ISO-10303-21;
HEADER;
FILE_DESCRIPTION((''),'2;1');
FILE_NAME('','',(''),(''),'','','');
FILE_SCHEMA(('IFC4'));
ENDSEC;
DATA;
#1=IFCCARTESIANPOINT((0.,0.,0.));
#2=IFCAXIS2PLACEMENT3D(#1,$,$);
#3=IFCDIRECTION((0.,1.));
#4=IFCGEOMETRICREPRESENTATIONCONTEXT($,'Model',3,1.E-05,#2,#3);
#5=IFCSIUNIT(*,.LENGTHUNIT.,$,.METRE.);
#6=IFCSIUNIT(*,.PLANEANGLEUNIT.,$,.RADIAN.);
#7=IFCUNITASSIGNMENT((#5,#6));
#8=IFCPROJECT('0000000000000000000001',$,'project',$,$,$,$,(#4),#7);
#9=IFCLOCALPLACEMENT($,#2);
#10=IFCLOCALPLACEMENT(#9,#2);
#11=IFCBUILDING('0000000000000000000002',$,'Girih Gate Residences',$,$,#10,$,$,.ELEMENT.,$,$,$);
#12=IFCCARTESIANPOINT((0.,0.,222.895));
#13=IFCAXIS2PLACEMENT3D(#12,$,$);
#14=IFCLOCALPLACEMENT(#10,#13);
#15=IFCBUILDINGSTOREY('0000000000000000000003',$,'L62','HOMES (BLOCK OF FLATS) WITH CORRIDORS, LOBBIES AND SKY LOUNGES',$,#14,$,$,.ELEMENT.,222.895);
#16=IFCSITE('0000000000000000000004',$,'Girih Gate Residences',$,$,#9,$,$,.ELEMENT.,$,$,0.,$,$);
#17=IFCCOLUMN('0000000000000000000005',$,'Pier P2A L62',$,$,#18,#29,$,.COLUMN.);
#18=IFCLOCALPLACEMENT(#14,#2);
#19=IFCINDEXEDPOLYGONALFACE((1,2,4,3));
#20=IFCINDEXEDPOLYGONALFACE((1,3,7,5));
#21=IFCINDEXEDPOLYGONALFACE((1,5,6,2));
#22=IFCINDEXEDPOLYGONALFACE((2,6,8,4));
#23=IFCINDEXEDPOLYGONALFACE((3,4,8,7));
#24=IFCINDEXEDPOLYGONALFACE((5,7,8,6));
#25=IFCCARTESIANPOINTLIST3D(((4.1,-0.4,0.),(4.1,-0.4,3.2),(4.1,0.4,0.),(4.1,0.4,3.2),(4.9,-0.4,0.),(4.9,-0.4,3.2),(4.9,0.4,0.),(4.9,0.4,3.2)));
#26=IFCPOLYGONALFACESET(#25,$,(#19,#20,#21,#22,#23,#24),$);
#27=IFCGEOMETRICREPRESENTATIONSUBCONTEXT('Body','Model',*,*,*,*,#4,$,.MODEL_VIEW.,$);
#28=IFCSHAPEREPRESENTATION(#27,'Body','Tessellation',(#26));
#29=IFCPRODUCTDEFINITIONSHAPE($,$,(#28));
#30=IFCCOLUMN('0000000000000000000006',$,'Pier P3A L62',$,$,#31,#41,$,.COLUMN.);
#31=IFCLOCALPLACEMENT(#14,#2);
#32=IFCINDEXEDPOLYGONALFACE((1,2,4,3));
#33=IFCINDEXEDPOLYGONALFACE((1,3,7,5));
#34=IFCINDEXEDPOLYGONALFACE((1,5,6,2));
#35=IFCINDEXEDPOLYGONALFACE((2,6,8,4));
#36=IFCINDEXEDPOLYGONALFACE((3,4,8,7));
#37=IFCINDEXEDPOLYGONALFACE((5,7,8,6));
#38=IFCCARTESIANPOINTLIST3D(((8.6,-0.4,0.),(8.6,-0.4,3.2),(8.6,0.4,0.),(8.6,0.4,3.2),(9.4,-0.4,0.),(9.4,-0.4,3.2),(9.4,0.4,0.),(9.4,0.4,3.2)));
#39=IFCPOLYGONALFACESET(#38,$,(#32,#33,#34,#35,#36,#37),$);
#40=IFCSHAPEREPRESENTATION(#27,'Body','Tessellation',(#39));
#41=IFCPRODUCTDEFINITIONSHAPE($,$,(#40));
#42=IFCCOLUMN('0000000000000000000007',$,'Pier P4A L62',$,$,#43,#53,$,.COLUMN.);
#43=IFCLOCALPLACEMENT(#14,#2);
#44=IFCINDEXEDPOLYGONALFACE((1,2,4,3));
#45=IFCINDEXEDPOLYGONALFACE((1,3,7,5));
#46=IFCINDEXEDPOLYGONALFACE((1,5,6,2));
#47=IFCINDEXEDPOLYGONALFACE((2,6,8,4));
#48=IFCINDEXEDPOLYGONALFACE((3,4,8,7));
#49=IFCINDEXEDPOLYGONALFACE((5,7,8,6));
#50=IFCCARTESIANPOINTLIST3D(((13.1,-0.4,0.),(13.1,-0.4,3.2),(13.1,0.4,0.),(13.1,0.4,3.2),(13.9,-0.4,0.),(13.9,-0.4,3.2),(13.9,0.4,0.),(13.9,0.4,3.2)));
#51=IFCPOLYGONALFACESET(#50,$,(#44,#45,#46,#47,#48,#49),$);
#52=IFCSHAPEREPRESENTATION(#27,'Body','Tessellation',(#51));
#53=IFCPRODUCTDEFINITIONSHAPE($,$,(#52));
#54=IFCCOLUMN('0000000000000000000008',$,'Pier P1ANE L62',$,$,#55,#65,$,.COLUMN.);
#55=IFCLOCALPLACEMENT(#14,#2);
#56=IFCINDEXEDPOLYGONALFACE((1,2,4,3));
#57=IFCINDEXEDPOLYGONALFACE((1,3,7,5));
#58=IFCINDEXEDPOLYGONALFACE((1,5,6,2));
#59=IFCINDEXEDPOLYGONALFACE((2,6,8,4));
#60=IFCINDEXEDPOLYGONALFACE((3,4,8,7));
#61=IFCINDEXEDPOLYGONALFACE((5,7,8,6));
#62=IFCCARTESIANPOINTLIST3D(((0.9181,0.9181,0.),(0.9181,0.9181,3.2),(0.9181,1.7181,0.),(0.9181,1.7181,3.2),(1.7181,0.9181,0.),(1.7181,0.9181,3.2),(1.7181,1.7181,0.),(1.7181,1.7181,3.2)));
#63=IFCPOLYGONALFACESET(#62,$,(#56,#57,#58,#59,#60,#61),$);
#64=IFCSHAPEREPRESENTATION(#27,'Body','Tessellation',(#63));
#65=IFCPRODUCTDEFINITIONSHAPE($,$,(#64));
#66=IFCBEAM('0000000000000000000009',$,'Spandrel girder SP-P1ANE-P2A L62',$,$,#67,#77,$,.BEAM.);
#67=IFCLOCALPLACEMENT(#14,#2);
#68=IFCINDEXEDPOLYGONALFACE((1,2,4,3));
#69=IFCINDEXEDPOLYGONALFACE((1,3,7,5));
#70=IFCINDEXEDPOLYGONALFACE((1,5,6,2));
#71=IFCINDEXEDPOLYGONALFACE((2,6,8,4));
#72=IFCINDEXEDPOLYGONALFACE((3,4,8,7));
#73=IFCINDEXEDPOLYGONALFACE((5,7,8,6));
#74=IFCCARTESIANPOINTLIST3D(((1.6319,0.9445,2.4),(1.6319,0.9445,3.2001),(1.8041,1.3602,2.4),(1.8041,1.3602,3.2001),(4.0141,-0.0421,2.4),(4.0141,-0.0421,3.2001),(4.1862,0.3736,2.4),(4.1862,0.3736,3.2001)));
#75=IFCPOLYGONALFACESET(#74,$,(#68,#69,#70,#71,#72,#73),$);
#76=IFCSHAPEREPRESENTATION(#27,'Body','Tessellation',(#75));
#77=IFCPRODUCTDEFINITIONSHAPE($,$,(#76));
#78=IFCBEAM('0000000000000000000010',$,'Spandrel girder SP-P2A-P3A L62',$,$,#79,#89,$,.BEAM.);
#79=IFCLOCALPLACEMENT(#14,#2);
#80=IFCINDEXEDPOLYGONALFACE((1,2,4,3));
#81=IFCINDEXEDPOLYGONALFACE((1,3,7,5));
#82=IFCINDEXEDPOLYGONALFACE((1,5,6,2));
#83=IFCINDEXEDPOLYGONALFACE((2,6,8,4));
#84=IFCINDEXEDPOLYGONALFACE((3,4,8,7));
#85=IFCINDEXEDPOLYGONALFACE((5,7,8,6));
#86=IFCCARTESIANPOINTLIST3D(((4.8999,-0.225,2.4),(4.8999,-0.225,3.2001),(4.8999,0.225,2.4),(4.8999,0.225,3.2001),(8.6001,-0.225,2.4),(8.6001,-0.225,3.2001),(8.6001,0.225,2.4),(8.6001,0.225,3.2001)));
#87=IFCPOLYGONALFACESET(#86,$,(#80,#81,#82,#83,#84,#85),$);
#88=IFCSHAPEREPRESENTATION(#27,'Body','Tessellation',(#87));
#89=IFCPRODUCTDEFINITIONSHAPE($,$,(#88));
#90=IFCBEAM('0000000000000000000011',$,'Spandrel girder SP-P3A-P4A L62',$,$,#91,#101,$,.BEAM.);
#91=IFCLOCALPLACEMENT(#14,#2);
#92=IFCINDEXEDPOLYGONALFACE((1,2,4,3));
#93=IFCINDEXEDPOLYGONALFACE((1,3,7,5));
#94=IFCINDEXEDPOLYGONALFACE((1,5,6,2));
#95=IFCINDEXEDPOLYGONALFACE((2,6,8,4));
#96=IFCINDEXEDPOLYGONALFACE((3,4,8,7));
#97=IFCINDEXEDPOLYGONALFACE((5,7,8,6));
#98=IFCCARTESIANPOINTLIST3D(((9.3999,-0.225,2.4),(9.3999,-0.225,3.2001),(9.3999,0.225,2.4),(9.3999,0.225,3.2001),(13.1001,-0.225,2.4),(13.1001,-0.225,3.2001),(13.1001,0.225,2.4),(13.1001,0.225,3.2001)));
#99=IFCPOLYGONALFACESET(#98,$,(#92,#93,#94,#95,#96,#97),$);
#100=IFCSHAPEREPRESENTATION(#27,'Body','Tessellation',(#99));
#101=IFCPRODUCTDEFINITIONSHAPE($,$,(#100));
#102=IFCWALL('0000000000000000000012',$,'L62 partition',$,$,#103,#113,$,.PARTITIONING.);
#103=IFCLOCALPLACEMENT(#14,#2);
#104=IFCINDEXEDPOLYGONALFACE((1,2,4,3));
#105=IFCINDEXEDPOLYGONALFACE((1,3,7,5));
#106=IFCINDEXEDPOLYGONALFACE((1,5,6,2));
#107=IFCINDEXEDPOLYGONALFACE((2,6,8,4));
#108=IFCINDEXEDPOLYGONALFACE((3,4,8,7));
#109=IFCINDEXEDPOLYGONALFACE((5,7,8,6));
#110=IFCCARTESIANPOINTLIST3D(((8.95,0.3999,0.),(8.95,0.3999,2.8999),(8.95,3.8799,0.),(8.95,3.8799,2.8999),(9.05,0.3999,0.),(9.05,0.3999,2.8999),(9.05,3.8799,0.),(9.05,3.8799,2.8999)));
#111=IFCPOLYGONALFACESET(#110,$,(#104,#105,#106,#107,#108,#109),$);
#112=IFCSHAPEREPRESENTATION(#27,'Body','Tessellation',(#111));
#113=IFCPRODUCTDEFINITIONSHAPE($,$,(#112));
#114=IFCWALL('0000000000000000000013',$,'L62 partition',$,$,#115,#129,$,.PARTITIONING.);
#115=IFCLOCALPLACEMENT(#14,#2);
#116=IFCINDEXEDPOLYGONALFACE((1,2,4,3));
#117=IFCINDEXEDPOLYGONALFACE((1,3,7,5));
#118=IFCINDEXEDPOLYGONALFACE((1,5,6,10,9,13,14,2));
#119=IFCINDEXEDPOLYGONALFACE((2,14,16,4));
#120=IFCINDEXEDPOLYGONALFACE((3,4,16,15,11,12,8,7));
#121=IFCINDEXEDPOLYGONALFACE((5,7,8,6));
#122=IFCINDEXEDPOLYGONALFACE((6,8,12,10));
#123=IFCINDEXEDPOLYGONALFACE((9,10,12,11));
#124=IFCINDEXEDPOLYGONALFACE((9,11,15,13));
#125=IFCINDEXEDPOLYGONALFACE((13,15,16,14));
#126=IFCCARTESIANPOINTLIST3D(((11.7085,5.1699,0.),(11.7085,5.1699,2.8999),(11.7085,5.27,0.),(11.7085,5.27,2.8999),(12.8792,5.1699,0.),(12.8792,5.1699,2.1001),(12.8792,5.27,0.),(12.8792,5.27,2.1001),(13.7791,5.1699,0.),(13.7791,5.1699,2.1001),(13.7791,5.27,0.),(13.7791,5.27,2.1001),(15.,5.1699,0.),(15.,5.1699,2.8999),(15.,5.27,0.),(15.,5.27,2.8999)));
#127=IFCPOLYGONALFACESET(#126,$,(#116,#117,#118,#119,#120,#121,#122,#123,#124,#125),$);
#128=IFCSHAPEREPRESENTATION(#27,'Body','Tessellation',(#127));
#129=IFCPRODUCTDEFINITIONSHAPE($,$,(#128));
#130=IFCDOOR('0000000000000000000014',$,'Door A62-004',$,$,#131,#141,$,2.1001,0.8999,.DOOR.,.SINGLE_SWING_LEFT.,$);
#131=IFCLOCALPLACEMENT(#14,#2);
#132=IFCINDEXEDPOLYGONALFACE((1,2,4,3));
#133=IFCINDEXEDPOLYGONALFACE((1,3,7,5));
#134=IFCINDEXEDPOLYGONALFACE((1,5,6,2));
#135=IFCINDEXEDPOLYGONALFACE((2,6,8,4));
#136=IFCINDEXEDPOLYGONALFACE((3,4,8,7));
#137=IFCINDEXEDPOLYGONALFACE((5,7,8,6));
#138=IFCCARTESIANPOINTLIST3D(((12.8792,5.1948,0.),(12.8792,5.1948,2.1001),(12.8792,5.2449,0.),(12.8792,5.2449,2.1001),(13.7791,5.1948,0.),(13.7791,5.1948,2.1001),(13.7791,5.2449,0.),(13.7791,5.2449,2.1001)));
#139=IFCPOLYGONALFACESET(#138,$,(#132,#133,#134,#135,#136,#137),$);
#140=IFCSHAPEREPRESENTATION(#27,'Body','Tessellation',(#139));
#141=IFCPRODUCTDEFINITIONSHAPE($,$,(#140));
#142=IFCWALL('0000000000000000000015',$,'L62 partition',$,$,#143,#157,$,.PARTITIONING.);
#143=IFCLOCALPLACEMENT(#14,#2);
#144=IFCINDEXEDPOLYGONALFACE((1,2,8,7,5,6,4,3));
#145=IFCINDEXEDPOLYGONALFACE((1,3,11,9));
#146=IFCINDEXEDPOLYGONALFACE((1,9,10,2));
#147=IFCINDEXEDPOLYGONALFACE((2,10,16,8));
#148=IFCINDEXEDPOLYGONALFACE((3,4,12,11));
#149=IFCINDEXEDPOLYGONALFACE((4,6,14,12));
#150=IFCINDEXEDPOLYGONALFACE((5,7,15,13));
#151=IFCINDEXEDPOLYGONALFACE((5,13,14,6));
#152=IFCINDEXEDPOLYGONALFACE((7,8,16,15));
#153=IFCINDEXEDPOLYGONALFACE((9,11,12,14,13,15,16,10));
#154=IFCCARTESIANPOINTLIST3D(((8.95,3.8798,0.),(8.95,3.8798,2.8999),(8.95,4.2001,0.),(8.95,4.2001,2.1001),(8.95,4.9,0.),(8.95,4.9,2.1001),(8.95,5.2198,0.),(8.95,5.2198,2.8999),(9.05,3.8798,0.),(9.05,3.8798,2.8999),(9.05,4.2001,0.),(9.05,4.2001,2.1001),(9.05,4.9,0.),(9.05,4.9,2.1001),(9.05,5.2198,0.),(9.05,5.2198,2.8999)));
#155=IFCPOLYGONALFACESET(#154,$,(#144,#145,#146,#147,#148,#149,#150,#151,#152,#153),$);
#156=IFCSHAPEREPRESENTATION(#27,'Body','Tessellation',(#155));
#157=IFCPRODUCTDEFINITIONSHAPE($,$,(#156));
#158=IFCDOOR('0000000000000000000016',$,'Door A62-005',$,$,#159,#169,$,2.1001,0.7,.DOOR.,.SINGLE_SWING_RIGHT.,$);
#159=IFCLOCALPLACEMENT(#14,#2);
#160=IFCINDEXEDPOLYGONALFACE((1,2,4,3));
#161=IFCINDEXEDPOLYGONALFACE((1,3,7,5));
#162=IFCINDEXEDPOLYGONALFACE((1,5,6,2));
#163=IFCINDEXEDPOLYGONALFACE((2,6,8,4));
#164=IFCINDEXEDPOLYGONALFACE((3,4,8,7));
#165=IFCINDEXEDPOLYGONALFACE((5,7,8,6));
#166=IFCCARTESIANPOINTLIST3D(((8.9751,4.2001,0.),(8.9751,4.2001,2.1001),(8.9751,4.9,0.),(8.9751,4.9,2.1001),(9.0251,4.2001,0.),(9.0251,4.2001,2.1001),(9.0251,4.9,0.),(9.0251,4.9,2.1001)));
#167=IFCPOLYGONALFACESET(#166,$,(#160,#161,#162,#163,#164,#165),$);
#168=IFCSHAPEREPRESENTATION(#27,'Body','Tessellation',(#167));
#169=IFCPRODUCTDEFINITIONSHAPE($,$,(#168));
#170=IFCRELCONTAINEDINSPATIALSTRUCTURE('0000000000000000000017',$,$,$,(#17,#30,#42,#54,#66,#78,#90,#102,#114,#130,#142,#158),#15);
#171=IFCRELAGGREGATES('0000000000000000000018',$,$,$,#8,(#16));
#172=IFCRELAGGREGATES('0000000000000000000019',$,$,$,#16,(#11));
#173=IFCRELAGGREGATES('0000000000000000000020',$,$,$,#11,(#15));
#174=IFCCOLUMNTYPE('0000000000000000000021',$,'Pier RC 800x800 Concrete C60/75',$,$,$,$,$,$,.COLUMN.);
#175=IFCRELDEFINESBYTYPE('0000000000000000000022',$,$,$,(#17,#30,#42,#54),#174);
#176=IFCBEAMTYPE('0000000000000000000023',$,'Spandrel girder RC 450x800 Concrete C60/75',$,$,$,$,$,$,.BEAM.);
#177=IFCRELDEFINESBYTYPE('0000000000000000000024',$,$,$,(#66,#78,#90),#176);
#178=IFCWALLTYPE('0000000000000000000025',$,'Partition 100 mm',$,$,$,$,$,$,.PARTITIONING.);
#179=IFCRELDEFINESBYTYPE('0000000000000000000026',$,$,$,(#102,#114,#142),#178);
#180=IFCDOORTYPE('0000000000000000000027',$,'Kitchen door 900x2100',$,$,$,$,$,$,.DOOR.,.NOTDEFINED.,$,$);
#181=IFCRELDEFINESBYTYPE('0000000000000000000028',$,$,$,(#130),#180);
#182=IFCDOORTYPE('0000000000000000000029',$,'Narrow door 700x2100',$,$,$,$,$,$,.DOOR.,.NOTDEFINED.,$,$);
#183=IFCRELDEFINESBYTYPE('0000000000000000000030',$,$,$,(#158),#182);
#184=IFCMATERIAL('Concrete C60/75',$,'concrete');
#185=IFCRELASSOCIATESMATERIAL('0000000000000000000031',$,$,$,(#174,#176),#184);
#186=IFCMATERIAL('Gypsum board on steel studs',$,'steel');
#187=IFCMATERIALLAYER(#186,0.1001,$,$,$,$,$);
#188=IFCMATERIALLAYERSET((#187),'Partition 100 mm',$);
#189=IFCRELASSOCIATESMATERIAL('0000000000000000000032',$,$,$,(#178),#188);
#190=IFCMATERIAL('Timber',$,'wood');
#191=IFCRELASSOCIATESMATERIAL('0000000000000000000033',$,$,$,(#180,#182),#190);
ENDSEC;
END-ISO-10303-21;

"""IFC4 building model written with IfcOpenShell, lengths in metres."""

from ifc_helpers import new_model, si_unit, direction, frame, frame_2d, origin, origin_2d, place, context, subcontext, project, spatial, rectangle, extrude, material, layer, layer_set, material_profile, profile_set, type_object, element, fill, save


model = new_model("IFC4")

# Units and contexts
model_context = context("Model", 3, precision=1e-05, world=origin(), true_north=direction((0.0, 1.0)))
body_context = subcontext(model_context, "Body", "Model", "MODEL_VIEW")
ifc_project = project(units=[si_unit("LENGTHUNIT", "METRE"), si_unit("PLANEANGLEUNIT", "RADIAN")], contexts=[model_context])

# Site, building, storey
site_placement = place(None, origin())
site = spatial("IfcSite", under=ifc_project, at=site_placement, Name="Girih Gate Residences", CompositionType="ELEMENT", RefElevation=0.0)
building_placement = place(site_placement, origin())
building = spatial("IfcBuilding", under=site, at=building_placement, Name="Girih Gate Residences", CompositionType="ELEMENT")
storey_placement = place(building_placement, frame((0.0, 0.0, 222.895)))
storey = spatial("IfcBuildingStorey", under=building, at=storey_placement, Name="L62", Description="HOMES (BLOCK OF FLATS) WITH CORRIDORS, LOBBIES AND SKY LOUNGES", CompositionType="ELEMENT", Elevation=222.895)

# Columns
ifc_material_1 = material(Name="Concrete C60/75", Category="concrete")
ifc_material_profile_1 = material_profile(ifc_material_1, rectangle(XDim=0.8, YDim=0.8, at=origin_2d()))
ifc_profile_set_1 = profile_set([ifc_material_profile_1], Name="Concrete C60/75")
column_type = type_object("IfcColumnType", Name="Pier RC 800x800 Concrete C60/75", PredefinedType="COLUMN", material=ifc_profile_set_1)
for number, where, z_axis, x_axis, name in (
    (1, (4.5, 0.0, 0.0), (0.0, 0.0, 1.0), (1.0, 0.0, 0.0), "Pier P2A L62"),
    (2, (9.0, 0.0, 0.0), (0.0, 0.0, 1.0), (1.0, 0.0, 0.0), "Pier P3A L62"),
    (3, (13.5, 0.0, 0.0), (0.0, 0.0, 1.0), (1.0, 0.0, 0.0), "Pier P4A L62"),
    (4, (1.3181, 1.3181, 0.0), (0.0, 0.0, 1.0), (1.0, 0.0, 0.0), "Pier P1ANE L62"),
):
    element("IfcColumn", number, at=place(storey_placement, frame(where, z_axis=z_axis, x_axis=x_axis)), inside=storey, type_object=column_type, Name=name, PredefinedType="COLUMN", context=body_context, shape_type="SweptSolid", body=[
        extrude(rectangle(XDim=0.8, YDim=0.8, at=origin_2d()), origin(), (0.0, 0.0, 1.0), 3.2),
    ])

# Beams
ifc_material_profile_2 = material_profile(ifc_material_1, rectangle(XDim=0.45, YDim=0.8, at=origin_2d()))
ifc_profile_set_2 = profile_set([ifc_material_profile_2], Name="Concrete C60/75")
beam_type = type_object("IfcBeamType", Name="Spandrel girder RC 450x800 Concrete C60/75", PredefinedType="BEAM", material=ifc_profile_set_2)
beam_placement = place(storey_placement, frame((1.718, 1.1523, 2.8), z_axis=(0.923896, -0.382644, 0.0), x_axis=(0.382644, 0.923896, 0.0)))
element("IfcBeam", 5, at=beam_placement, inside=storey, type_object=beam_type, Name="Spandrel girder SP-P1ANE-P2A L62", PredefinedType="BEAM", context=body_context, shape_type="SweptSolid", body=[
    extrude(rectangle(XDim=0.45, YDim=0.8, at=origin_2d()), origin(), (0.0, 0.0, 1.0), 2.5784),
])
for number, where, z_axis, x_axis, name in (
    (6, (4.8999, 0.0, 2.8), (1.0, 0.0, 0.0), (0.0, 1.0, 0.0), "Spandrel girder SP-P2A-P3A L62"),
    (7, (9.3999, 0.0, 2.8), (1.0, 0.0, 0.0), (0.0, 1.0, 0.0), "Spandrel girder SP-P3A-P4A L62"),
):
    element("IfcBeam", number, at=place(storey_placement, frame(where, z_axis=z_axis, x_axis=x_axis)), inside=storey, type_object=beam_type, Name=name, PredefinedType="BEAM", context=body_context, shape_type="SweptSolid", body=[
        extrude(rectangle(XDim=0.45, YDim=0.8, at=origin_2d()), origin(), (0.0, 0.0, 1.0), 3.7002),
    ])

# Wall
ifc_material_2 = material(Name="Gypsum board on steel studs", Category="steel")
ifc_layer_1 = layer(ifc_material_2, 0.1001)
ifc_layer_set_1 = layer_set([ifc_layer_1], Name="Partition 100 mm")
wall_type_1 = type_object("IfcWallType", Name="Partition 100 mm", PredefinedType="PARTITIONING", material=ifc_layer_set_1)
wall_1_placement = place(storey_placement, frame((9.0, 0.3999, 0.0), z_axis=(0.0, 0.0, 1.0), x_axis=(0.0, 1.0, 0.0)))
element("IfcWall", 8, at=wall_1_placement, inside=storey, type_object=wall_type_1, Name="L62 partition", PredefinedType="PARTITIONING", context=body_context, shape_type="SweptSolid", body=[
    extrude(rectangle(XDim=3.48, YDim=0.1001, at=frame_2d((1.74, 0.0))), origin(), (0.0, 0.0, 1.0), 2.8999),
])

# Walls, openings, doors
wall_2_placement = place(storey_placement, frame((11.7085, 5.22, 0.0), z_axis=(0.0, 0.0, 1.0), x_axis=(1.0, 0.0, 0.0)))
wall_2 = element("IfcWall", 9, at=wall_2_placement, inside=storey, type_object=wall_type_1, Name="L62 partition", PredefinedType="PARTITIONING", context=body_context, shape_type="SweptSolid", body=[
    extrude(rectangle(XDim=3.2915, YDim=0.1001, at=frame_2d((1.6458, 0.0))), origin(), (0.0, 0.0, 1.0), 2.8999),
])
opening_1_placement = place(wall_2_placement, frame((1.1707, 0.0, 0.0)))
opening_1 = element("IfcOpeningElement", 10, at=opening_1_placement, cuts=wall_2, PredefinedType="OPENING", context=body_context, shape_type="SweptSolid", body=[
    extrude(rectangle(XDim=0.8999, YDim=2.1001, at=frame_2d((0.45, 1.05))), frame((0.0, 0.0601, 0.0), z_axis=(0.0, -1.0, 0.0), x_axis=(1.0, 0.0, 0.0)), (0.0, 0.0, 1.0), 0.1201),
])
ifc_material_3 = material(Name="Timber", Category="wood")
door_type_1 = type_object("IfcDoorType", Name="Kitchen door 900x2100", OperationType="NOTDEFINED", PredefinedType="DOOR", material=ifc_material_3)
door_1_placement = place(opening_1_placement, origin())
door_1 = element("IfcDoor", 11, at=door_1_placement, inside=storey, type_object=door_type_1, Name="Door A62-004", OperationType="SINGLE_SWING_LEFT", OverallHeight=2.1001, OverallWidth=0.8999, PredefinedType="DOOR", context=body_context, shape_type="SweptSolid", body=[
    extrude(rectangle(XDim=0.8999, YDim=2.1001, at=frame_2d((0.45, 1.05))), frame((0.0, 0.0249, 0.0), z_axis=(0.0, -1.0, 0.0), x_axis=(1.0, 0.0, 0.0)), (0.0, 0.0, 1.0), 0.05),
])
fill(opening_1, door_1)
wall_3_placement = place(storey_placement, frame((9.0, 3.8799, 0.0), z_axis=(0.0, 0.0, 1.0), x_axis=(0.0, 1.0, 0.0)))
wall_3 = element("IfcWall", 12, at=wall_3_placement, inside=storey, type_object=wall_type_1, Name="L62 partition", PredefinedType="PARTITIONING", context=body_context, shape_type="SweptSolid", body=[
    extrude(rectangle(XDim=1.3401, YDim=0.1001, at=frame_2d((0.6699, 0.0))), origin(), (0.0, 0.0, 1.0), 2.8999),
])
opening_2_placement = place(wall_3_placement, frame((0.3201, 0.0, 0.0)))
opening_2 = element("IfcOpeningElement", 13, at=opening_2_placement, cuts=wall_3, PredefinedType="OPENING", context=body_context, shape_type="SweptSolid", body=[
    extrude(rectangle(XDim=0.7, YDim=2.1001, at=frame_2d((0.3501, 1.05))), frame((0.0, 0.0601, 0.0), z_axis=(0.0, -1.0, 0.0), x_axis=(1.0, 0.0, 0.0)), (0.0, 0.0, 1.0), 0.1201),
])
door_type_2 = type_object("IfcDoorType", Name="Narrow door 700x2100", OperationType="NOTDEFINED", PredefinedType="DOOR", material=ifc_material_3)
door_2_placement = place(opening_2_placement, origin())
door_2 = element("IfcDoor", 14, at=door_2_placement, inside=storey, type_object=door_type_2, Name="Door A62-005", OperationType="SINGLE_SWING_RIGHT", OverallHeight=2.1001, OverallWidth=0.7, PredefinedType="DOOR", context=body_context, shape_type="SweptSolid", body=[
    extrude(rectangle(XDim=0.7, YDim=2.1001, at=frame_2d((0.3501, 1.05))), frame((0.0, 0.0249, 0.0), z_axis=(0.0, -1.0, 0.0), x_axis=(1.0, 0.0, 0.0)), (0.0, 0.0, 1.0), 0.05),
])
fill(opening_2, door_2)

save(model, "model.ifc")
